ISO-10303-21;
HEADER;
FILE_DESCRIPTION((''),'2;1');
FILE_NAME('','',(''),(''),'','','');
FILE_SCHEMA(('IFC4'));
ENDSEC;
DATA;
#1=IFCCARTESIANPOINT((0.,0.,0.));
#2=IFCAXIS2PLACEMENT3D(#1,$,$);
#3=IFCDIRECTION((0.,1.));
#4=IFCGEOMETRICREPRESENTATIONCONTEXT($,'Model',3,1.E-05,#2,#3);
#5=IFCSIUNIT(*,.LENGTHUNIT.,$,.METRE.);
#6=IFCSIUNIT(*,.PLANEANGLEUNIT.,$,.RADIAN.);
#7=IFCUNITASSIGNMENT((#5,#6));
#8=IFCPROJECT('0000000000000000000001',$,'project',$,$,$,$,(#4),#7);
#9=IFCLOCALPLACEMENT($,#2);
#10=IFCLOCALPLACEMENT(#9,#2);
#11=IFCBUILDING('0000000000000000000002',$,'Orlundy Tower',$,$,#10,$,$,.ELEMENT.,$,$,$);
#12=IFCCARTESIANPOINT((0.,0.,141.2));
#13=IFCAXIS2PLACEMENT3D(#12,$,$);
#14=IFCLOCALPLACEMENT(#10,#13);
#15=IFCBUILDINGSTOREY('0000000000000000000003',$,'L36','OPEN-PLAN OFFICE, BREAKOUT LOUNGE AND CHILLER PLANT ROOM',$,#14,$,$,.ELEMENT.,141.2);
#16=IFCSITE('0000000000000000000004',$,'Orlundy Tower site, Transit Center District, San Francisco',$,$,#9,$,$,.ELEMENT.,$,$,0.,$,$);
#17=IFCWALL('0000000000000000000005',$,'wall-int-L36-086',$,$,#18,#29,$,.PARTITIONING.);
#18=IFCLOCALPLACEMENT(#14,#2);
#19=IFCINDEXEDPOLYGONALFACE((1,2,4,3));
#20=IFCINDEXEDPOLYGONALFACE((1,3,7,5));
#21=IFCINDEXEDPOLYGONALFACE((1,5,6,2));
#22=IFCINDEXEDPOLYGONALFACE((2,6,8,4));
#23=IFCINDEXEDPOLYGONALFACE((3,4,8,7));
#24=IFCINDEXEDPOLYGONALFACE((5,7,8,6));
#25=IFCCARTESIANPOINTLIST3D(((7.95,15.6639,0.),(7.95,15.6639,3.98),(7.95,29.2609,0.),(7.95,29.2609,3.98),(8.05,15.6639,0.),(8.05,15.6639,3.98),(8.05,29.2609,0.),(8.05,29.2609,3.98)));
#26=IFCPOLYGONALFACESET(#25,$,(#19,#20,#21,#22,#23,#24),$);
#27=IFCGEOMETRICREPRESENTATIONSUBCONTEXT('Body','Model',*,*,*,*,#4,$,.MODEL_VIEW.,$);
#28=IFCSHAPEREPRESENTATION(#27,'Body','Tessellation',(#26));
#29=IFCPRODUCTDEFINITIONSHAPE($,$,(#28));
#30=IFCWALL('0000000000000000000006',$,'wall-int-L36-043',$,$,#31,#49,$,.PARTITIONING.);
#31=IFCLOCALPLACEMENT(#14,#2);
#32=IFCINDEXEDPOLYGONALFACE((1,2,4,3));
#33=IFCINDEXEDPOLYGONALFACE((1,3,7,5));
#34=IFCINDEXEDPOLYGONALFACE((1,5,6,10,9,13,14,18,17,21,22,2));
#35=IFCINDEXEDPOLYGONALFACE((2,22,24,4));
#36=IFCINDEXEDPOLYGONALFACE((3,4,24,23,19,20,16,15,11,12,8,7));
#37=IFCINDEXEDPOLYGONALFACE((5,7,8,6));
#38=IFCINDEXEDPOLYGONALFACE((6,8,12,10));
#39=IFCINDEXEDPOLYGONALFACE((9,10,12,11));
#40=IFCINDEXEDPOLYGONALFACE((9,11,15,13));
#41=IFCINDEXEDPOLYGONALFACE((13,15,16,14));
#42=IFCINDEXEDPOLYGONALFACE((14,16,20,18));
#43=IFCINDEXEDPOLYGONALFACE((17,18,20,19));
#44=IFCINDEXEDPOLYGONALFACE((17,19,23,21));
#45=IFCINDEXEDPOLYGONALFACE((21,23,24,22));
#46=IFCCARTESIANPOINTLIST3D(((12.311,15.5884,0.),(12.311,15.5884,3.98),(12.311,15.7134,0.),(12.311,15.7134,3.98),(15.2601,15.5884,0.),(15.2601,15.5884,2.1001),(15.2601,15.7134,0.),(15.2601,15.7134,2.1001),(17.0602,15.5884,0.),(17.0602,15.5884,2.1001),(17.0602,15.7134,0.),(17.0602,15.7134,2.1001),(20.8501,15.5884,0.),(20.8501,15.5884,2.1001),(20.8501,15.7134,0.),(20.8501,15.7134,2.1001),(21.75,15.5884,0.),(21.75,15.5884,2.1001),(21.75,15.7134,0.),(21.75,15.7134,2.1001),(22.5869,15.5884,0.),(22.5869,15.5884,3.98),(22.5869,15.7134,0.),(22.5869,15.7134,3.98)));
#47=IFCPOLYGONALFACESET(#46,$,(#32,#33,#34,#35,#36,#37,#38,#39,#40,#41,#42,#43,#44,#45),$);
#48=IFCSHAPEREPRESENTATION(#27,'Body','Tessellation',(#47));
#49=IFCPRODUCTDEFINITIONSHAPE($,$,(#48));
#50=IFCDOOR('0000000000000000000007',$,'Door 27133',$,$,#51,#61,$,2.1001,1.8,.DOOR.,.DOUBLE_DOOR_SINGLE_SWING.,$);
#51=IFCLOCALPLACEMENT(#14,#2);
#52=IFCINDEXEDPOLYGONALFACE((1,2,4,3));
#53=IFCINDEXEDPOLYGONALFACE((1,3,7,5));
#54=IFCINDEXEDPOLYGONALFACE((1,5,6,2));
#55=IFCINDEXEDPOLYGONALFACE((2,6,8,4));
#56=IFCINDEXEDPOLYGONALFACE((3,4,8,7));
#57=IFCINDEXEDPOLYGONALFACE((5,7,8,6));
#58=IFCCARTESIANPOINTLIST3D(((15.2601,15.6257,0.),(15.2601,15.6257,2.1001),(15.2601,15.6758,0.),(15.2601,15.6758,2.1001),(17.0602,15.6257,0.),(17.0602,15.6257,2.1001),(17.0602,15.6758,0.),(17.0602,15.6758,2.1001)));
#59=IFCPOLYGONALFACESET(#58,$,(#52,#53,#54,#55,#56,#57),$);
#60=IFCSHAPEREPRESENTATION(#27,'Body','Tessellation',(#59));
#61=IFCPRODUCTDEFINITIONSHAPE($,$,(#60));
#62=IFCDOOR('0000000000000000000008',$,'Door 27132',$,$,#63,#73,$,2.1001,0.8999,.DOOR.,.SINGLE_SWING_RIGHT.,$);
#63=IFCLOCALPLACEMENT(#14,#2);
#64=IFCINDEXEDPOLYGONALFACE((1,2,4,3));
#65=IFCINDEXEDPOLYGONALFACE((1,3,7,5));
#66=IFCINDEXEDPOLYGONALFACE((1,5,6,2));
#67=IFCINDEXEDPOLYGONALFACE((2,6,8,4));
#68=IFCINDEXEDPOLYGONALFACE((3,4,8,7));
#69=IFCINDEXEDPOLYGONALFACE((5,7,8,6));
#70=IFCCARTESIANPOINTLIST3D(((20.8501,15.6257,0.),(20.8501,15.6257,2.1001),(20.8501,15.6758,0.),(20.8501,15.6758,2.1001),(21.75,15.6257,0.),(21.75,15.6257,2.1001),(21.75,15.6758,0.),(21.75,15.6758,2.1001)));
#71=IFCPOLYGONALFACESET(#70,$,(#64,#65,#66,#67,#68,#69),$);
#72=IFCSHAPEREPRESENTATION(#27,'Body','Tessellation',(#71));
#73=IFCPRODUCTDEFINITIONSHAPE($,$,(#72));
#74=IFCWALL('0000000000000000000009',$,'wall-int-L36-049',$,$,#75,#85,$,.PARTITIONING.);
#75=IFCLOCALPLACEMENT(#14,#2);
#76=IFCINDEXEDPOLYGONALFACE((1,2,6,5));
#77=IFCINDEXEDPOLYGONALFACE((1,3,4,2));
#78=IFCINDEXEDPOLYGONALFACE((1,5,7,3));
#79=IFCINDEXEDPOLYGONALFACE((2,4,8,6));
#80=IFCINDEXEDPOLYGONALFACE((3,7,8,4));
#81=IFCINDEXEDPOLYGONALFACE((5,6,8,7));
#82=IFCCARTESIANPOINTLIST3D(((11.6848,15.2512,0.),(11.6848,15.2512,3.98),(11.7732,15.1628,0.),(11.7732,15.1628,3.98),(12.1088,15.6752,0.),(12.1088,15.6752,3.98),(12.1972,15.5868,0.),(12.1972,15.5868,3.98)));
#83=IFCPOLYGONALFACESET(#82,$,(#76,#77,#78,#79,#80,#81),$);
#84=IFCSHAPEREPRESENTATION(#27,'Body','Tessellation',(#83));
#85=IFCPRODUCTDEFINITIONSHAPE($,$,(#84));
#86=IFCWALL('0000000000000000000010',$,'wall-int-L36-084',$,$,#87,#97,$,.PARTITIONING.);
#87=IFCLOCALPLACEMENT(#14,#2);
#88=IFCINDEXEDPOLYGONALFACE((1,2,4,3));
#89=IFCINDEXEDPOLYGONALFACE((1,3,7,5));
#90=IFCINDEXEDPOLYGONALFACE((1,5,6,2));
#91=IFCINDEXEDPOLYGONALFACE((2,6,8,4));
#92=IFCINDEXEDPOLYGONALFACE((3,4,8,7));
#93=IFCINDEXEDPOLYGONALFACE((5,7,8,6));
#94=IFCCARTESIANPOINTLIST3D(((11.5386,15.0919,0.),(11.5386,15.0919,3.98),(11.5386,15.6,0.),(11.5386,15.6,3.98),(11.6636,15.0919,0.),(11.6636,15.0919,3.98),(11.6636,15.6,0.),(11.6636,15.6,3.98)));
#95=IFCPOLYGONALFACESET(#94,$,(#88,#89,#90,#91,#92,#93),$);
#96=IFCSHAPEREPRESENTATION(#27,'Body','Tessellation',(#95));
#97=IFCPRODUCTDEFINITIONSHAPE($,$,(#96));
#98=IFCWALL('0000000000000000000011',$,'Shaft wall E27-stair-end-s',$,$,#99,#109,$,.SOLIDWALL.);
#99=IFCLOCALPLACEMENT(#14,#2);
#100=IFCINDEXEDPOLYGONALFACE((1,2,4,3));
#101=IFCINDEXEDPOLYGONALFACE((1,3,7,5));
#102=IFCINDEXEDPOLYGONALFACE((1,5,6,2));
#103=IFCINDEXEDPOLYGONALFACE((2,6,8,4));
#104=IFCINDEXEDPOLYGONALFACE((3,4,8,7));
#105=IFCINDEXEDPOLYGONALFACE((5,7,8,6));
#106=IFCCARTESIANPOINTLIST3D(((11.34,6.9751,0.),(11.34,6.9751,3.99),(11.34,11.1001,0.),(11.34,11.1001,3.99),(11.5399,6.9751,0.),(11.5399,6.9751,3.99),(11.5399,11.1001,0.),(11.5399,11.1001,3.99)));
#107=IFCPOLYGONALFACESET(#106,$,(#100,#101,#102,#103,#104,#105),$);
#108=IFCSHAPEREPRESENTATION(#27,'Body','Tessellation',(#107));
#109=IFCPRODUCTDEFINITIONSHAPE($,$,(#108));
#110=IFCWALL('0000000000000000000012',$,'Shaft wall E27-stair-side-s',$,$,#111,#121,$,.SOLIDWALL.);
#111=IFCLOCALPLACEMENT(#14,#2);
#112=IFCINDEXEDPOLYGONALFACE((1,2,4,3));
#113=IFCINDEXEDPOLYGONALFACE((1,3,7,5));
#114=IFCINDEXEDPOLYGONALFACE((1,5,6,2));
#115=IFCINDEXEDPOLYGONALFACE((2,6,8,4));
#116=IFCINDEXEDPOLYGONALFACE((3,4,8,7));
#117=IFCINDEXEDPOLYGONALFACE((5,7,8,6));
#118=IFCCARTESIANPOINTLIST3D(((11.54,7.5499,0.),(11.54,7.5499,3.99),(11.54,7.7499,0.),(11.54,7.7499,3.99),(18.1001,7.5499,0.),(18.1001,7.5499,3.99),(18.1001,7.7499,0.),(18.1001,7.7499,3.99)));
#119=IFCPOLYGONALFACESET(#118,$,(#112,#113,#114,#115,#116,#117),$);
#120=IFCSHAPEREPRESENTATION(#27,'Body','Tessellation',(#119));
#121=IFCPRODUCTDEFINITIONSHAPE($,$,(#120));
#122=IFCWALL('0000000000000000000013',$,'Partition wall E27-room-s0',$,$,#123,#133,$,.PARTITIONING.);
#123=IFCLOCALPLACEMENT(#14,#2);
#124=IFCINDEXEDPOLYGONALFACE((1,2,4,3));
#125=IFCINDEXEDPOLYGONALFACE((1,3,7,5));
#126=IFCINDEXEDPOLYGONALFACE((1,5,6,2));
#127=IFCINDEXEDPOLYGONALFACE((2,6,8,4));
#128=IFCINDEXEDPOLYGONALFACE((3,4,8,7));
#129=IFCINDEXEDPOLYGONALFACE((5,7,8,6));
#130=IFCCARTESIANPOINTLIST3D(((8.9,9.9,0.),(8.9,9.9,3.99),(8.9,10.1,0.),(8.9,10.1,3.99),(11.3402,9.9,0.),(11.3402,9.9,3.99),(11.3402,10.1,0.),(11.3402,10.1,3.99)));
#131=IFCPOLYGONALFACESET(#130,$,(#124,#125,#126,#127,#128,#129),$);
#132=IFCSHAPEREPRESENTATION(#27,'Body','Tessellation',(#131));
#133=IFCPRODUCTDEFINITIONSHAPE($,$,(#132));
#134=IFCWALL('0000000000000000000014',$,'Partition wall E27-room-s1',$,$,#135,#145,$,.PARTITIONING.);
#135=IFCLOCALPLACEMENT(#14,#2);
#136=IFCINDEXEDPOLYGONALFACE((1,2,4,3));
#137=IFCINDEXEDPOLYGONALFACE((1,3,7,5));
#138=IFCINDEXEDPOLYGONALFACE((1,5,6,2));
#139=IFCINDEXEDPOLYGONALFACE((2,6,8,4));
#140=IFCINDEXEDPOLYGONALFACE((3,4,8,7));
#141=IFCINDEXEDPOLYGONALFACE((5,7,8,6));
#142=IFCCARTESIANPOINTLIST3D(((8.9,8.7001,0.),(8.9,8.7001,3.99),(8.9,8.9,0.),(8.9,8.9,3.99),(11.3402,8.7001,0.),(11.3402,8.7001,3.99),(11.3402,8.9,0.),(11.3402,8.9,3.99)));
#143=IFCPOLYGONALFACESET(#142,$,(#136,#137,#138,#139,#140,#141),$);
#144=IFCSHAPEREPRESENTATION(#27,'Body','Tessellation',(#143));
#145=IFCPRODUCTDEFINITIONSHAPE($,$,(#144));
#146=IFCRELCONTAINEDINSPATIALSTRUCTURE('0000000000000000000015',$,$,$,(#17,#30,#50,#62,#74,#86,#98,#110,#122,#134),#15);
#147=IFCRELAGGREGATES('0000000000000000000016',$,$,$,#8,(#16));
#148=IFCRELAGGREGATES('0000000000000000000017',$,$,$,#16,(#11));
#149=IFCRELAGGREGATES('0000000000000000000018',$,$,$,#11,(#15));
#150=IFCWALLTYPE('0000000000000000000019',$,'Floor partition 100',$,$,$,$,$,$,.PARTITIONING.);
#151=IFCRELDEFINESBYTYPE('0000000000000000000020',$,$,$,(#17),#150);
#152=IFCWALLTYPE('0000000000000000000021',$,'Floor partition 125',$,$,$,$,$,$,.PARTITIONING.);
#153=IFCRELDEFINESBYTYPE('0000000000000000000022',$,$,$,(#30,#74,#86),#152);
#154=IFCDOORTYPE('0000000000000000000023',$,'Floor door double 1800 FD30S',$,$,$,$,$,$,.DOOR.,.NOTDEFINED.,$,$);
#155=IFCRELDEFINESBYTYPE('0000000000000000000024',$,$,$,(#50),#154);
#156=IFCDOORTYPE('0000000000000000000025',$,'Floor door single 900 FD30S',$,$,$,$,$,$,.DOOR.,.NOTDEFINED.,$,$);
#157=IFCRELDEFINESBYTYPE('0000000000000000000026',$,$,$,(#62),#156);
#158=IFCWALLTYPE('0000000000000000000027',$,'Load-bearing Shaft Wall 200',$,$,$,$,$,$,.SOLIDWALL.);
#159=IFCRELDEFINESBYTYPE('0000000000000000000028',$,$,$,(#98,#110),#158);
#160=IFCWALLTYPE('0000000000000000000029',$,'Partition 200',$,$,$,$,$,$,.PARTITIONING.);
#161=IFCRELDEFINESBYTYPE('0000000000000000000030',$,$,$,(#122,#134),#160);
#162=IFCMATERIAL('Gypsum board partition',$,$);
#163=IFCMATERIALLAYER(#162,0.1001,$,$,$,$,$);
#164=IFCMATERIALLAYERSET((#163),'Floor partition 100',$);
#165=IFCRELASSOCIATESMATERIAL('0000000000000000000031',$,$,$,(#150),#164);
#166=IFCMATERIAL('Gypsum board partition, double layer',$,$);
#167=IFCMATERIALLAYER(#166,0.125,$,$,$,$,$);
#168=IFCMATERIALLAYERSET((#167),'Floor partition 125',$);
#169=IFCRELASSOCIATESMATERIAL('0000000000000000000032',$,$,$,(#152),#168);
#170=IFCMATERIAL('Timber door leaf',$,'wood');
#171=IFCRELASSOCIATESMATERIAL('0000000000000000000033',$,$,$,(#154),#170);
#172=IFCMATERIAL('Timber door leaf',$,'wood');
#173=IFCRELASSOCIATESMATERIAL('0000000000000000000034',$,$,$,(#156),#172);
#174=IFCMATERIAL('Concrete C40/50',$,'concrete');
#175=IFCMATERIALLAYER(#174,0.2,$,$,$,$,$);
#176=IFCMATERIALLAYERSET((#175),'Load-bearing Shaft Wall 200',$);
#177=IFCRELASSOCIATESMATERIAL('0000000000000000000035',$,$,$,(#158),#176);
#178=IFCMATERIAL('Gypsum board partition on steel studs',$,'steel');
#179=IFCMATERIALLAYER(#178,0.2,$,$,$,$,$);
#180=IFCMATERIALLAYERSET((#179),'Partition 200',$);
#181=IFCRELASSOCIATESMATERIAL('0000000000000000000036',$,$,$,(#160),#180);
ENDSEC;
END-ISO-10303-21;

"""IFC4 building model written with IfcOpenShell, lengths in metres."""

from ifc_helpers import new_model, si_unit, direction, frame, frame_2d, origin, place, context, subcontext, project, spatial, rectangle, extrude, material, layer, layer_set, type_object, element, fill, save


model = new_model("IFC4")

# Units and contexts
model_context = context("Model", 3, precision=1e-05, world=origin(), true_north=direction((0.0, 1.0)))
body_context = subcontext(model_context, "Body", "Model", "MODEL_VIEW")
ifc_project = project(units=[si_unit("LENGTHUNIT", "METRE"), si_unit("PLANEANGLEUNIT", "RADIAN")], contexts=[model_context])

# Site, building, storey
site_placement = place(None, origin())
site = spatial("IfcSite", under=ifc_project, at=site_placement, Name="Orlundy Tower site, Transit Center District, San Francisco", CompositionType="ELEMENT", RefElevation=0.0)
building_placement = place(site_placement, origin())
building = spatial("IfcBuilding", under=site, at=building_placement, Name="Orlundy Tower", CompositionType="ELEMENT")
storey_placement = place(building_placement, frame((0.0, 0.0, 141.2)))
storey = spatial("IfcBuildingStorey", under=building, at=storey_placement, Name="L36", Description="OPEN-PLAN OFFICE, BREAKOUT LOUNGE AND CHILLER PLANT ROOM", CompositionType="ELEMENT", Elevation=141.2)

# Wall
ifc_material_1 = material(Name="Gypsum board partition")
ifc_layer_1 = layer(ifc_material_1, 0.1001)
ifc_layer_set_1 = layer_set([ifc_layer_1], Name="Floor partition 100")
wall_type_1 = type_object("IfcWallType", Name="Floor partition 100", PredefinedType="PARTITIONING", material=ifc_layer_set_1)
wall_1_placement = place(storey_placement, frame((8.0, 15.6641, 0.0), z_axis=(0.0, 0.0, 1.0), x_axis=(0.0, 1.0, 0.0)))
element("IfcWall", 1, at=wall_1_placement, inside=storey, type_object=wall_type_1, Name="wall-int-L36-086", PredefinedType="PARTITIONING", context=body_context, shape_type="SweptSolid", body=[
    extrude(rectangle(XDim=13.5969, YDim=0.1001, at=frame_2d((6.7983, 0.0))), origin(), (0.0, 0.0, 1.0), 3.98),
])

# Wall, openings, doors
ifc_material_2 = material(Name="Gypsum board partition, double layer")
ifc_layer_2 = layer(ifc_material_2, 0.125)
ifc_layer_set_2 = layer_set([ifc_layer_2], Name="Floor partition 125")
wall_type_2 = type_object("IfcWallType", Name="Floor partition 125", PredefinedType="PARTITIONING", material=ifc_layer_set_2)
wall_2_placement = place(storey_placement, frame((12.311, 15.6509, 0.0), z_axis=(0.0, 0.0, 1.0), x_axis=(1.0, 0.0, 0.0)))
wall_2 = element("IfcWall", 2, at=wall_2_placement, inside=storey, type_object=wall_type_2, Name="wall-int-L36-043", PredefinedType="PARTITIONING", context=body_context, shape_type="SweptSolid", body=[
    extrude(rectangle(XDim=10.2759, YDim=0.125, at=frame_2d((5.1379, 0.0))), origin(), (0.0, 0.0, 1.0), 3.98),
])
opening_1_placement = place(wall_2_placement, frame((8.5391, 0.0, 0.0)))
opening_1 = element("IfcOpeningElement", 3, at=opening_1_placement, cuts=wall_2, PredefinedType="OPENING", context=body_context, shape_type="SweptSolid", body=[
    extrude(rectangle(XDim=0.8999, YDim=2.1001, at=frame_2d((0.45, 1.05))), frame((0.0, 0.0725, 0.0), z_axis=(0.0, -1.0, 0.0), x_axis=(1.0, 0.0, 0.0)), (0.0, 0.0, 1.0), 0.145),
])
opening_2_placement = place(wall_2_placement, frame((2.9492, 0.0, 0.0)))
opening_2 = element("IfcOpeningElement", 4, at=opening_2_placement, cuts=wall_2, PredefinedType="OPENING", context=body_context, shape_type="SweptSolid", body=[
    extrude(rectangle(XDim=1.8, YDim=2.1001, at=frame_2d((0.8999, 1.05))), frame((0.0, 0.0725, 0.0), z_axis=(0.0, -1.0, 0.0), x_axis=(1.0, 0.0, 0.0)), (0.0, 0.0, 1.0), 0.145),
])
ifc_material_3 = material(Name="Timber door leaf", Category="wood")
door_type_1 = type_object("IfcDoorType", Name="Floor door double 1800 FD30S", OperationType="NOTDEFINED", PredefinedType="DOOR", material=ifc_material_3)
door_1_placement = place(opening_2_placement, origin())
door_1 = element("IfcDoor", 5, at=door_1_placement, inside=storey, type_object=door_type_1, Name="Door 27133", OperationType="DOUBLE_DOOR_SINGLE_SWING", OverallHeight=2.1001, OverallWidth=1.8, PredefinedType="DOOR", context=body_context, shape_type="SweptSolid", body=[
    extrude(rectangle(XDim=1.8, YDim=2.1001, at=frame_2d((0.8999, 1.05))), frame((0.0, 0.0249, 0.0), z_axis=(0.0, -1.0, 0.0), x_axis=(1.0, 0.0, 0.0)), (0.0, 0.0, 1.0), 0.05),
])
fill(opening_2, door_1)
ifc_material_4 = material(Name="Timber door leaf", Category="wood")
door_type_2 = type_object("IfcDoorType", Name="Floor door single 900 FD30S", OperationType="NOTDEFINED", PredefinedType="DOOR", material=ifc_material_4)
door_2_placement = place(opening_1_placement, origin())
door_2 = element("IfcDoor", 6, at=door_2_placement, inside=storey, type_object=door_type_2, Name="Door 27132", OperationType="SINGLE_SWING_RIGHT", OverallHeight=2.1001, OverallWidth=0.8999, PredefinedType="DOOR", context=body_context, shape_type="SweptSolid", body=[
    extrude(rectangle(XDim=0.8999, YDim=2.1001, at=frame_2d((0.45, 1.05))), frame((0.0, 0.0249, 0.0), z_axis=(0.0, -1.0, 0.0), x_axis=(1.0, 0.0, 0.0)), (0.0, 0.0, 1.0), 0.05),
])
fill(opening_1, door_2)

# Walls
wall_3_placement = place(storey_placement, frame((11.729, 15.207, 0.0), z_axis=(0.0, 0.0, 1.0), x_axis=(0.707107, 0.707107, 0.0)))
element("IfcWall", 7, at=wall_3_placement, inside=storey, type_object=wall_type_2, Name="wall-int-L36-049", PredefinedType="PARTITIONING", context=body_context, shape_type="SweptSolid", body=[
    extrude(rectangle(XDim=0.5996, YDim=0.125, at=frame_2d((0.2998, 0.0))), origin(), (0.0, 0.0, 1.0), 3.98),
])
wall_4_placement = place(storey_placement, frame((11.6011, 15.092, 0.0), z_axis=(0.0, 0.0, 1.0), x_axis=(0.0, 1.0, 0.0)))
element("IfcWall", 8, at=wall_4_placement, inside=storey, type_object=wall_type_2, Name="wall-int-L36-084", PredefinedType="PARTITIONING", context=body_context, shape_type="SweptSolid", body=[
    extrude(rectangle(XDim=0.5081, YDim=0.125, at=frame_2d((0.2539, 0.0))), origin(), (0.0, 0.0, 1.0), 3.98),
])
ifc_material_5 = material(Name="Concrete C40/50", Category="concrete")
ifc_layer_3 = layer(ifc_material_5, 0.2)
ifc_layer_set_3 = layer_set([ifc_layer_3], Name="Load-bearing Shaft Wall 200")
wall_type_3 = type_object("IfcWallType", Name="Load-bearing Shaft Wall 200", PredefinedType="SOLIDWALL", material=ifc_layer_set_3)
wall_5_placement = place(storey_placement, frame((11.4399, 11.1001, 0.0), z_axis=(0.0, 0.0, 1.0), x_axis=(0.0, -1.0, 0.0)))
element("IfcWall", 9, at=wall_5_placement, inside=storey, type_object=wall_type_3, Name="Shaft wall E27-stair-end-s", PredefinedType="SOLIDWALL", context=body_context, shape_type="SweptSolid", body=[
    extrude(rectangle(XDim=4.125, YDim=0.2, at=frame_2d((2.0625, 0.0))), origin(), (0.0, 0.0, 1.0), 3.99),
])
wall_6_placement = place(storey_placement, frame((11.54, 7.6499, 0.0), z_axis=(0.0, 0.0, 1.0), x_axis=(1.0, 0.0, 0.0)))
element("IfcWall", 10, at=wall_6_placement, inside=storey, type_object=wall_type_3, Name="Shaft wall E27-stair-side-s", PredefinedType="SOLIDWALL", context=body_context, shape_type="SweptSolid", body=[
    extrude(rectangle(XDim=6.5601, YDim=0.2, at=frame_2d((3.28, 0.0))), origin(), (0.0, 0.0, 1.0), 3.99),
])
ifc_material_6 = material(Name="Gypsum board partition on steel studs", Category="steel")
ifc_layer_4 = layer(ifc_material_6, 0.2)
ifc_layer_set_4 = layer_set([ifc_layer_4], Name="Partition 200")
wall_type_4 = type_object("IfcWallType", Name="Partition 200", PredefinedType="PARTITIONING", material=ifc_layer_set_4)
for number, where, z_axis, x_axis, name in (
    (11, (8.8999, 10.0, 0.0), (0.0, 0.0, 1.0), (1.0, 0.0, 0.0), "Partition wall E27-room-s0"),
    (12, (8.8999, 8.8, 0.0), (0.0, 0.0, 1.0), (1.0, 0.0, 0.0), "Partition wall E27-room-s1"),
):
    element("IfcWall", number, at=place(storey_placement, frame(where, z_axis=z_axis, x_axis=x_axis)), inside=storey, type_object=wall_type_4, Name=name, PredefinedType="PARTITIONING", context=body_context, shape_type="SweptSolid", body=[
        extrude(rectangle(XDim=2.4402, YDim=0.2, at=frame_2d((1.2202, 0.0))), origin(), (0.0, 0.0, 1.0), 3.99),
    ])

save(model, "model.ifc")
